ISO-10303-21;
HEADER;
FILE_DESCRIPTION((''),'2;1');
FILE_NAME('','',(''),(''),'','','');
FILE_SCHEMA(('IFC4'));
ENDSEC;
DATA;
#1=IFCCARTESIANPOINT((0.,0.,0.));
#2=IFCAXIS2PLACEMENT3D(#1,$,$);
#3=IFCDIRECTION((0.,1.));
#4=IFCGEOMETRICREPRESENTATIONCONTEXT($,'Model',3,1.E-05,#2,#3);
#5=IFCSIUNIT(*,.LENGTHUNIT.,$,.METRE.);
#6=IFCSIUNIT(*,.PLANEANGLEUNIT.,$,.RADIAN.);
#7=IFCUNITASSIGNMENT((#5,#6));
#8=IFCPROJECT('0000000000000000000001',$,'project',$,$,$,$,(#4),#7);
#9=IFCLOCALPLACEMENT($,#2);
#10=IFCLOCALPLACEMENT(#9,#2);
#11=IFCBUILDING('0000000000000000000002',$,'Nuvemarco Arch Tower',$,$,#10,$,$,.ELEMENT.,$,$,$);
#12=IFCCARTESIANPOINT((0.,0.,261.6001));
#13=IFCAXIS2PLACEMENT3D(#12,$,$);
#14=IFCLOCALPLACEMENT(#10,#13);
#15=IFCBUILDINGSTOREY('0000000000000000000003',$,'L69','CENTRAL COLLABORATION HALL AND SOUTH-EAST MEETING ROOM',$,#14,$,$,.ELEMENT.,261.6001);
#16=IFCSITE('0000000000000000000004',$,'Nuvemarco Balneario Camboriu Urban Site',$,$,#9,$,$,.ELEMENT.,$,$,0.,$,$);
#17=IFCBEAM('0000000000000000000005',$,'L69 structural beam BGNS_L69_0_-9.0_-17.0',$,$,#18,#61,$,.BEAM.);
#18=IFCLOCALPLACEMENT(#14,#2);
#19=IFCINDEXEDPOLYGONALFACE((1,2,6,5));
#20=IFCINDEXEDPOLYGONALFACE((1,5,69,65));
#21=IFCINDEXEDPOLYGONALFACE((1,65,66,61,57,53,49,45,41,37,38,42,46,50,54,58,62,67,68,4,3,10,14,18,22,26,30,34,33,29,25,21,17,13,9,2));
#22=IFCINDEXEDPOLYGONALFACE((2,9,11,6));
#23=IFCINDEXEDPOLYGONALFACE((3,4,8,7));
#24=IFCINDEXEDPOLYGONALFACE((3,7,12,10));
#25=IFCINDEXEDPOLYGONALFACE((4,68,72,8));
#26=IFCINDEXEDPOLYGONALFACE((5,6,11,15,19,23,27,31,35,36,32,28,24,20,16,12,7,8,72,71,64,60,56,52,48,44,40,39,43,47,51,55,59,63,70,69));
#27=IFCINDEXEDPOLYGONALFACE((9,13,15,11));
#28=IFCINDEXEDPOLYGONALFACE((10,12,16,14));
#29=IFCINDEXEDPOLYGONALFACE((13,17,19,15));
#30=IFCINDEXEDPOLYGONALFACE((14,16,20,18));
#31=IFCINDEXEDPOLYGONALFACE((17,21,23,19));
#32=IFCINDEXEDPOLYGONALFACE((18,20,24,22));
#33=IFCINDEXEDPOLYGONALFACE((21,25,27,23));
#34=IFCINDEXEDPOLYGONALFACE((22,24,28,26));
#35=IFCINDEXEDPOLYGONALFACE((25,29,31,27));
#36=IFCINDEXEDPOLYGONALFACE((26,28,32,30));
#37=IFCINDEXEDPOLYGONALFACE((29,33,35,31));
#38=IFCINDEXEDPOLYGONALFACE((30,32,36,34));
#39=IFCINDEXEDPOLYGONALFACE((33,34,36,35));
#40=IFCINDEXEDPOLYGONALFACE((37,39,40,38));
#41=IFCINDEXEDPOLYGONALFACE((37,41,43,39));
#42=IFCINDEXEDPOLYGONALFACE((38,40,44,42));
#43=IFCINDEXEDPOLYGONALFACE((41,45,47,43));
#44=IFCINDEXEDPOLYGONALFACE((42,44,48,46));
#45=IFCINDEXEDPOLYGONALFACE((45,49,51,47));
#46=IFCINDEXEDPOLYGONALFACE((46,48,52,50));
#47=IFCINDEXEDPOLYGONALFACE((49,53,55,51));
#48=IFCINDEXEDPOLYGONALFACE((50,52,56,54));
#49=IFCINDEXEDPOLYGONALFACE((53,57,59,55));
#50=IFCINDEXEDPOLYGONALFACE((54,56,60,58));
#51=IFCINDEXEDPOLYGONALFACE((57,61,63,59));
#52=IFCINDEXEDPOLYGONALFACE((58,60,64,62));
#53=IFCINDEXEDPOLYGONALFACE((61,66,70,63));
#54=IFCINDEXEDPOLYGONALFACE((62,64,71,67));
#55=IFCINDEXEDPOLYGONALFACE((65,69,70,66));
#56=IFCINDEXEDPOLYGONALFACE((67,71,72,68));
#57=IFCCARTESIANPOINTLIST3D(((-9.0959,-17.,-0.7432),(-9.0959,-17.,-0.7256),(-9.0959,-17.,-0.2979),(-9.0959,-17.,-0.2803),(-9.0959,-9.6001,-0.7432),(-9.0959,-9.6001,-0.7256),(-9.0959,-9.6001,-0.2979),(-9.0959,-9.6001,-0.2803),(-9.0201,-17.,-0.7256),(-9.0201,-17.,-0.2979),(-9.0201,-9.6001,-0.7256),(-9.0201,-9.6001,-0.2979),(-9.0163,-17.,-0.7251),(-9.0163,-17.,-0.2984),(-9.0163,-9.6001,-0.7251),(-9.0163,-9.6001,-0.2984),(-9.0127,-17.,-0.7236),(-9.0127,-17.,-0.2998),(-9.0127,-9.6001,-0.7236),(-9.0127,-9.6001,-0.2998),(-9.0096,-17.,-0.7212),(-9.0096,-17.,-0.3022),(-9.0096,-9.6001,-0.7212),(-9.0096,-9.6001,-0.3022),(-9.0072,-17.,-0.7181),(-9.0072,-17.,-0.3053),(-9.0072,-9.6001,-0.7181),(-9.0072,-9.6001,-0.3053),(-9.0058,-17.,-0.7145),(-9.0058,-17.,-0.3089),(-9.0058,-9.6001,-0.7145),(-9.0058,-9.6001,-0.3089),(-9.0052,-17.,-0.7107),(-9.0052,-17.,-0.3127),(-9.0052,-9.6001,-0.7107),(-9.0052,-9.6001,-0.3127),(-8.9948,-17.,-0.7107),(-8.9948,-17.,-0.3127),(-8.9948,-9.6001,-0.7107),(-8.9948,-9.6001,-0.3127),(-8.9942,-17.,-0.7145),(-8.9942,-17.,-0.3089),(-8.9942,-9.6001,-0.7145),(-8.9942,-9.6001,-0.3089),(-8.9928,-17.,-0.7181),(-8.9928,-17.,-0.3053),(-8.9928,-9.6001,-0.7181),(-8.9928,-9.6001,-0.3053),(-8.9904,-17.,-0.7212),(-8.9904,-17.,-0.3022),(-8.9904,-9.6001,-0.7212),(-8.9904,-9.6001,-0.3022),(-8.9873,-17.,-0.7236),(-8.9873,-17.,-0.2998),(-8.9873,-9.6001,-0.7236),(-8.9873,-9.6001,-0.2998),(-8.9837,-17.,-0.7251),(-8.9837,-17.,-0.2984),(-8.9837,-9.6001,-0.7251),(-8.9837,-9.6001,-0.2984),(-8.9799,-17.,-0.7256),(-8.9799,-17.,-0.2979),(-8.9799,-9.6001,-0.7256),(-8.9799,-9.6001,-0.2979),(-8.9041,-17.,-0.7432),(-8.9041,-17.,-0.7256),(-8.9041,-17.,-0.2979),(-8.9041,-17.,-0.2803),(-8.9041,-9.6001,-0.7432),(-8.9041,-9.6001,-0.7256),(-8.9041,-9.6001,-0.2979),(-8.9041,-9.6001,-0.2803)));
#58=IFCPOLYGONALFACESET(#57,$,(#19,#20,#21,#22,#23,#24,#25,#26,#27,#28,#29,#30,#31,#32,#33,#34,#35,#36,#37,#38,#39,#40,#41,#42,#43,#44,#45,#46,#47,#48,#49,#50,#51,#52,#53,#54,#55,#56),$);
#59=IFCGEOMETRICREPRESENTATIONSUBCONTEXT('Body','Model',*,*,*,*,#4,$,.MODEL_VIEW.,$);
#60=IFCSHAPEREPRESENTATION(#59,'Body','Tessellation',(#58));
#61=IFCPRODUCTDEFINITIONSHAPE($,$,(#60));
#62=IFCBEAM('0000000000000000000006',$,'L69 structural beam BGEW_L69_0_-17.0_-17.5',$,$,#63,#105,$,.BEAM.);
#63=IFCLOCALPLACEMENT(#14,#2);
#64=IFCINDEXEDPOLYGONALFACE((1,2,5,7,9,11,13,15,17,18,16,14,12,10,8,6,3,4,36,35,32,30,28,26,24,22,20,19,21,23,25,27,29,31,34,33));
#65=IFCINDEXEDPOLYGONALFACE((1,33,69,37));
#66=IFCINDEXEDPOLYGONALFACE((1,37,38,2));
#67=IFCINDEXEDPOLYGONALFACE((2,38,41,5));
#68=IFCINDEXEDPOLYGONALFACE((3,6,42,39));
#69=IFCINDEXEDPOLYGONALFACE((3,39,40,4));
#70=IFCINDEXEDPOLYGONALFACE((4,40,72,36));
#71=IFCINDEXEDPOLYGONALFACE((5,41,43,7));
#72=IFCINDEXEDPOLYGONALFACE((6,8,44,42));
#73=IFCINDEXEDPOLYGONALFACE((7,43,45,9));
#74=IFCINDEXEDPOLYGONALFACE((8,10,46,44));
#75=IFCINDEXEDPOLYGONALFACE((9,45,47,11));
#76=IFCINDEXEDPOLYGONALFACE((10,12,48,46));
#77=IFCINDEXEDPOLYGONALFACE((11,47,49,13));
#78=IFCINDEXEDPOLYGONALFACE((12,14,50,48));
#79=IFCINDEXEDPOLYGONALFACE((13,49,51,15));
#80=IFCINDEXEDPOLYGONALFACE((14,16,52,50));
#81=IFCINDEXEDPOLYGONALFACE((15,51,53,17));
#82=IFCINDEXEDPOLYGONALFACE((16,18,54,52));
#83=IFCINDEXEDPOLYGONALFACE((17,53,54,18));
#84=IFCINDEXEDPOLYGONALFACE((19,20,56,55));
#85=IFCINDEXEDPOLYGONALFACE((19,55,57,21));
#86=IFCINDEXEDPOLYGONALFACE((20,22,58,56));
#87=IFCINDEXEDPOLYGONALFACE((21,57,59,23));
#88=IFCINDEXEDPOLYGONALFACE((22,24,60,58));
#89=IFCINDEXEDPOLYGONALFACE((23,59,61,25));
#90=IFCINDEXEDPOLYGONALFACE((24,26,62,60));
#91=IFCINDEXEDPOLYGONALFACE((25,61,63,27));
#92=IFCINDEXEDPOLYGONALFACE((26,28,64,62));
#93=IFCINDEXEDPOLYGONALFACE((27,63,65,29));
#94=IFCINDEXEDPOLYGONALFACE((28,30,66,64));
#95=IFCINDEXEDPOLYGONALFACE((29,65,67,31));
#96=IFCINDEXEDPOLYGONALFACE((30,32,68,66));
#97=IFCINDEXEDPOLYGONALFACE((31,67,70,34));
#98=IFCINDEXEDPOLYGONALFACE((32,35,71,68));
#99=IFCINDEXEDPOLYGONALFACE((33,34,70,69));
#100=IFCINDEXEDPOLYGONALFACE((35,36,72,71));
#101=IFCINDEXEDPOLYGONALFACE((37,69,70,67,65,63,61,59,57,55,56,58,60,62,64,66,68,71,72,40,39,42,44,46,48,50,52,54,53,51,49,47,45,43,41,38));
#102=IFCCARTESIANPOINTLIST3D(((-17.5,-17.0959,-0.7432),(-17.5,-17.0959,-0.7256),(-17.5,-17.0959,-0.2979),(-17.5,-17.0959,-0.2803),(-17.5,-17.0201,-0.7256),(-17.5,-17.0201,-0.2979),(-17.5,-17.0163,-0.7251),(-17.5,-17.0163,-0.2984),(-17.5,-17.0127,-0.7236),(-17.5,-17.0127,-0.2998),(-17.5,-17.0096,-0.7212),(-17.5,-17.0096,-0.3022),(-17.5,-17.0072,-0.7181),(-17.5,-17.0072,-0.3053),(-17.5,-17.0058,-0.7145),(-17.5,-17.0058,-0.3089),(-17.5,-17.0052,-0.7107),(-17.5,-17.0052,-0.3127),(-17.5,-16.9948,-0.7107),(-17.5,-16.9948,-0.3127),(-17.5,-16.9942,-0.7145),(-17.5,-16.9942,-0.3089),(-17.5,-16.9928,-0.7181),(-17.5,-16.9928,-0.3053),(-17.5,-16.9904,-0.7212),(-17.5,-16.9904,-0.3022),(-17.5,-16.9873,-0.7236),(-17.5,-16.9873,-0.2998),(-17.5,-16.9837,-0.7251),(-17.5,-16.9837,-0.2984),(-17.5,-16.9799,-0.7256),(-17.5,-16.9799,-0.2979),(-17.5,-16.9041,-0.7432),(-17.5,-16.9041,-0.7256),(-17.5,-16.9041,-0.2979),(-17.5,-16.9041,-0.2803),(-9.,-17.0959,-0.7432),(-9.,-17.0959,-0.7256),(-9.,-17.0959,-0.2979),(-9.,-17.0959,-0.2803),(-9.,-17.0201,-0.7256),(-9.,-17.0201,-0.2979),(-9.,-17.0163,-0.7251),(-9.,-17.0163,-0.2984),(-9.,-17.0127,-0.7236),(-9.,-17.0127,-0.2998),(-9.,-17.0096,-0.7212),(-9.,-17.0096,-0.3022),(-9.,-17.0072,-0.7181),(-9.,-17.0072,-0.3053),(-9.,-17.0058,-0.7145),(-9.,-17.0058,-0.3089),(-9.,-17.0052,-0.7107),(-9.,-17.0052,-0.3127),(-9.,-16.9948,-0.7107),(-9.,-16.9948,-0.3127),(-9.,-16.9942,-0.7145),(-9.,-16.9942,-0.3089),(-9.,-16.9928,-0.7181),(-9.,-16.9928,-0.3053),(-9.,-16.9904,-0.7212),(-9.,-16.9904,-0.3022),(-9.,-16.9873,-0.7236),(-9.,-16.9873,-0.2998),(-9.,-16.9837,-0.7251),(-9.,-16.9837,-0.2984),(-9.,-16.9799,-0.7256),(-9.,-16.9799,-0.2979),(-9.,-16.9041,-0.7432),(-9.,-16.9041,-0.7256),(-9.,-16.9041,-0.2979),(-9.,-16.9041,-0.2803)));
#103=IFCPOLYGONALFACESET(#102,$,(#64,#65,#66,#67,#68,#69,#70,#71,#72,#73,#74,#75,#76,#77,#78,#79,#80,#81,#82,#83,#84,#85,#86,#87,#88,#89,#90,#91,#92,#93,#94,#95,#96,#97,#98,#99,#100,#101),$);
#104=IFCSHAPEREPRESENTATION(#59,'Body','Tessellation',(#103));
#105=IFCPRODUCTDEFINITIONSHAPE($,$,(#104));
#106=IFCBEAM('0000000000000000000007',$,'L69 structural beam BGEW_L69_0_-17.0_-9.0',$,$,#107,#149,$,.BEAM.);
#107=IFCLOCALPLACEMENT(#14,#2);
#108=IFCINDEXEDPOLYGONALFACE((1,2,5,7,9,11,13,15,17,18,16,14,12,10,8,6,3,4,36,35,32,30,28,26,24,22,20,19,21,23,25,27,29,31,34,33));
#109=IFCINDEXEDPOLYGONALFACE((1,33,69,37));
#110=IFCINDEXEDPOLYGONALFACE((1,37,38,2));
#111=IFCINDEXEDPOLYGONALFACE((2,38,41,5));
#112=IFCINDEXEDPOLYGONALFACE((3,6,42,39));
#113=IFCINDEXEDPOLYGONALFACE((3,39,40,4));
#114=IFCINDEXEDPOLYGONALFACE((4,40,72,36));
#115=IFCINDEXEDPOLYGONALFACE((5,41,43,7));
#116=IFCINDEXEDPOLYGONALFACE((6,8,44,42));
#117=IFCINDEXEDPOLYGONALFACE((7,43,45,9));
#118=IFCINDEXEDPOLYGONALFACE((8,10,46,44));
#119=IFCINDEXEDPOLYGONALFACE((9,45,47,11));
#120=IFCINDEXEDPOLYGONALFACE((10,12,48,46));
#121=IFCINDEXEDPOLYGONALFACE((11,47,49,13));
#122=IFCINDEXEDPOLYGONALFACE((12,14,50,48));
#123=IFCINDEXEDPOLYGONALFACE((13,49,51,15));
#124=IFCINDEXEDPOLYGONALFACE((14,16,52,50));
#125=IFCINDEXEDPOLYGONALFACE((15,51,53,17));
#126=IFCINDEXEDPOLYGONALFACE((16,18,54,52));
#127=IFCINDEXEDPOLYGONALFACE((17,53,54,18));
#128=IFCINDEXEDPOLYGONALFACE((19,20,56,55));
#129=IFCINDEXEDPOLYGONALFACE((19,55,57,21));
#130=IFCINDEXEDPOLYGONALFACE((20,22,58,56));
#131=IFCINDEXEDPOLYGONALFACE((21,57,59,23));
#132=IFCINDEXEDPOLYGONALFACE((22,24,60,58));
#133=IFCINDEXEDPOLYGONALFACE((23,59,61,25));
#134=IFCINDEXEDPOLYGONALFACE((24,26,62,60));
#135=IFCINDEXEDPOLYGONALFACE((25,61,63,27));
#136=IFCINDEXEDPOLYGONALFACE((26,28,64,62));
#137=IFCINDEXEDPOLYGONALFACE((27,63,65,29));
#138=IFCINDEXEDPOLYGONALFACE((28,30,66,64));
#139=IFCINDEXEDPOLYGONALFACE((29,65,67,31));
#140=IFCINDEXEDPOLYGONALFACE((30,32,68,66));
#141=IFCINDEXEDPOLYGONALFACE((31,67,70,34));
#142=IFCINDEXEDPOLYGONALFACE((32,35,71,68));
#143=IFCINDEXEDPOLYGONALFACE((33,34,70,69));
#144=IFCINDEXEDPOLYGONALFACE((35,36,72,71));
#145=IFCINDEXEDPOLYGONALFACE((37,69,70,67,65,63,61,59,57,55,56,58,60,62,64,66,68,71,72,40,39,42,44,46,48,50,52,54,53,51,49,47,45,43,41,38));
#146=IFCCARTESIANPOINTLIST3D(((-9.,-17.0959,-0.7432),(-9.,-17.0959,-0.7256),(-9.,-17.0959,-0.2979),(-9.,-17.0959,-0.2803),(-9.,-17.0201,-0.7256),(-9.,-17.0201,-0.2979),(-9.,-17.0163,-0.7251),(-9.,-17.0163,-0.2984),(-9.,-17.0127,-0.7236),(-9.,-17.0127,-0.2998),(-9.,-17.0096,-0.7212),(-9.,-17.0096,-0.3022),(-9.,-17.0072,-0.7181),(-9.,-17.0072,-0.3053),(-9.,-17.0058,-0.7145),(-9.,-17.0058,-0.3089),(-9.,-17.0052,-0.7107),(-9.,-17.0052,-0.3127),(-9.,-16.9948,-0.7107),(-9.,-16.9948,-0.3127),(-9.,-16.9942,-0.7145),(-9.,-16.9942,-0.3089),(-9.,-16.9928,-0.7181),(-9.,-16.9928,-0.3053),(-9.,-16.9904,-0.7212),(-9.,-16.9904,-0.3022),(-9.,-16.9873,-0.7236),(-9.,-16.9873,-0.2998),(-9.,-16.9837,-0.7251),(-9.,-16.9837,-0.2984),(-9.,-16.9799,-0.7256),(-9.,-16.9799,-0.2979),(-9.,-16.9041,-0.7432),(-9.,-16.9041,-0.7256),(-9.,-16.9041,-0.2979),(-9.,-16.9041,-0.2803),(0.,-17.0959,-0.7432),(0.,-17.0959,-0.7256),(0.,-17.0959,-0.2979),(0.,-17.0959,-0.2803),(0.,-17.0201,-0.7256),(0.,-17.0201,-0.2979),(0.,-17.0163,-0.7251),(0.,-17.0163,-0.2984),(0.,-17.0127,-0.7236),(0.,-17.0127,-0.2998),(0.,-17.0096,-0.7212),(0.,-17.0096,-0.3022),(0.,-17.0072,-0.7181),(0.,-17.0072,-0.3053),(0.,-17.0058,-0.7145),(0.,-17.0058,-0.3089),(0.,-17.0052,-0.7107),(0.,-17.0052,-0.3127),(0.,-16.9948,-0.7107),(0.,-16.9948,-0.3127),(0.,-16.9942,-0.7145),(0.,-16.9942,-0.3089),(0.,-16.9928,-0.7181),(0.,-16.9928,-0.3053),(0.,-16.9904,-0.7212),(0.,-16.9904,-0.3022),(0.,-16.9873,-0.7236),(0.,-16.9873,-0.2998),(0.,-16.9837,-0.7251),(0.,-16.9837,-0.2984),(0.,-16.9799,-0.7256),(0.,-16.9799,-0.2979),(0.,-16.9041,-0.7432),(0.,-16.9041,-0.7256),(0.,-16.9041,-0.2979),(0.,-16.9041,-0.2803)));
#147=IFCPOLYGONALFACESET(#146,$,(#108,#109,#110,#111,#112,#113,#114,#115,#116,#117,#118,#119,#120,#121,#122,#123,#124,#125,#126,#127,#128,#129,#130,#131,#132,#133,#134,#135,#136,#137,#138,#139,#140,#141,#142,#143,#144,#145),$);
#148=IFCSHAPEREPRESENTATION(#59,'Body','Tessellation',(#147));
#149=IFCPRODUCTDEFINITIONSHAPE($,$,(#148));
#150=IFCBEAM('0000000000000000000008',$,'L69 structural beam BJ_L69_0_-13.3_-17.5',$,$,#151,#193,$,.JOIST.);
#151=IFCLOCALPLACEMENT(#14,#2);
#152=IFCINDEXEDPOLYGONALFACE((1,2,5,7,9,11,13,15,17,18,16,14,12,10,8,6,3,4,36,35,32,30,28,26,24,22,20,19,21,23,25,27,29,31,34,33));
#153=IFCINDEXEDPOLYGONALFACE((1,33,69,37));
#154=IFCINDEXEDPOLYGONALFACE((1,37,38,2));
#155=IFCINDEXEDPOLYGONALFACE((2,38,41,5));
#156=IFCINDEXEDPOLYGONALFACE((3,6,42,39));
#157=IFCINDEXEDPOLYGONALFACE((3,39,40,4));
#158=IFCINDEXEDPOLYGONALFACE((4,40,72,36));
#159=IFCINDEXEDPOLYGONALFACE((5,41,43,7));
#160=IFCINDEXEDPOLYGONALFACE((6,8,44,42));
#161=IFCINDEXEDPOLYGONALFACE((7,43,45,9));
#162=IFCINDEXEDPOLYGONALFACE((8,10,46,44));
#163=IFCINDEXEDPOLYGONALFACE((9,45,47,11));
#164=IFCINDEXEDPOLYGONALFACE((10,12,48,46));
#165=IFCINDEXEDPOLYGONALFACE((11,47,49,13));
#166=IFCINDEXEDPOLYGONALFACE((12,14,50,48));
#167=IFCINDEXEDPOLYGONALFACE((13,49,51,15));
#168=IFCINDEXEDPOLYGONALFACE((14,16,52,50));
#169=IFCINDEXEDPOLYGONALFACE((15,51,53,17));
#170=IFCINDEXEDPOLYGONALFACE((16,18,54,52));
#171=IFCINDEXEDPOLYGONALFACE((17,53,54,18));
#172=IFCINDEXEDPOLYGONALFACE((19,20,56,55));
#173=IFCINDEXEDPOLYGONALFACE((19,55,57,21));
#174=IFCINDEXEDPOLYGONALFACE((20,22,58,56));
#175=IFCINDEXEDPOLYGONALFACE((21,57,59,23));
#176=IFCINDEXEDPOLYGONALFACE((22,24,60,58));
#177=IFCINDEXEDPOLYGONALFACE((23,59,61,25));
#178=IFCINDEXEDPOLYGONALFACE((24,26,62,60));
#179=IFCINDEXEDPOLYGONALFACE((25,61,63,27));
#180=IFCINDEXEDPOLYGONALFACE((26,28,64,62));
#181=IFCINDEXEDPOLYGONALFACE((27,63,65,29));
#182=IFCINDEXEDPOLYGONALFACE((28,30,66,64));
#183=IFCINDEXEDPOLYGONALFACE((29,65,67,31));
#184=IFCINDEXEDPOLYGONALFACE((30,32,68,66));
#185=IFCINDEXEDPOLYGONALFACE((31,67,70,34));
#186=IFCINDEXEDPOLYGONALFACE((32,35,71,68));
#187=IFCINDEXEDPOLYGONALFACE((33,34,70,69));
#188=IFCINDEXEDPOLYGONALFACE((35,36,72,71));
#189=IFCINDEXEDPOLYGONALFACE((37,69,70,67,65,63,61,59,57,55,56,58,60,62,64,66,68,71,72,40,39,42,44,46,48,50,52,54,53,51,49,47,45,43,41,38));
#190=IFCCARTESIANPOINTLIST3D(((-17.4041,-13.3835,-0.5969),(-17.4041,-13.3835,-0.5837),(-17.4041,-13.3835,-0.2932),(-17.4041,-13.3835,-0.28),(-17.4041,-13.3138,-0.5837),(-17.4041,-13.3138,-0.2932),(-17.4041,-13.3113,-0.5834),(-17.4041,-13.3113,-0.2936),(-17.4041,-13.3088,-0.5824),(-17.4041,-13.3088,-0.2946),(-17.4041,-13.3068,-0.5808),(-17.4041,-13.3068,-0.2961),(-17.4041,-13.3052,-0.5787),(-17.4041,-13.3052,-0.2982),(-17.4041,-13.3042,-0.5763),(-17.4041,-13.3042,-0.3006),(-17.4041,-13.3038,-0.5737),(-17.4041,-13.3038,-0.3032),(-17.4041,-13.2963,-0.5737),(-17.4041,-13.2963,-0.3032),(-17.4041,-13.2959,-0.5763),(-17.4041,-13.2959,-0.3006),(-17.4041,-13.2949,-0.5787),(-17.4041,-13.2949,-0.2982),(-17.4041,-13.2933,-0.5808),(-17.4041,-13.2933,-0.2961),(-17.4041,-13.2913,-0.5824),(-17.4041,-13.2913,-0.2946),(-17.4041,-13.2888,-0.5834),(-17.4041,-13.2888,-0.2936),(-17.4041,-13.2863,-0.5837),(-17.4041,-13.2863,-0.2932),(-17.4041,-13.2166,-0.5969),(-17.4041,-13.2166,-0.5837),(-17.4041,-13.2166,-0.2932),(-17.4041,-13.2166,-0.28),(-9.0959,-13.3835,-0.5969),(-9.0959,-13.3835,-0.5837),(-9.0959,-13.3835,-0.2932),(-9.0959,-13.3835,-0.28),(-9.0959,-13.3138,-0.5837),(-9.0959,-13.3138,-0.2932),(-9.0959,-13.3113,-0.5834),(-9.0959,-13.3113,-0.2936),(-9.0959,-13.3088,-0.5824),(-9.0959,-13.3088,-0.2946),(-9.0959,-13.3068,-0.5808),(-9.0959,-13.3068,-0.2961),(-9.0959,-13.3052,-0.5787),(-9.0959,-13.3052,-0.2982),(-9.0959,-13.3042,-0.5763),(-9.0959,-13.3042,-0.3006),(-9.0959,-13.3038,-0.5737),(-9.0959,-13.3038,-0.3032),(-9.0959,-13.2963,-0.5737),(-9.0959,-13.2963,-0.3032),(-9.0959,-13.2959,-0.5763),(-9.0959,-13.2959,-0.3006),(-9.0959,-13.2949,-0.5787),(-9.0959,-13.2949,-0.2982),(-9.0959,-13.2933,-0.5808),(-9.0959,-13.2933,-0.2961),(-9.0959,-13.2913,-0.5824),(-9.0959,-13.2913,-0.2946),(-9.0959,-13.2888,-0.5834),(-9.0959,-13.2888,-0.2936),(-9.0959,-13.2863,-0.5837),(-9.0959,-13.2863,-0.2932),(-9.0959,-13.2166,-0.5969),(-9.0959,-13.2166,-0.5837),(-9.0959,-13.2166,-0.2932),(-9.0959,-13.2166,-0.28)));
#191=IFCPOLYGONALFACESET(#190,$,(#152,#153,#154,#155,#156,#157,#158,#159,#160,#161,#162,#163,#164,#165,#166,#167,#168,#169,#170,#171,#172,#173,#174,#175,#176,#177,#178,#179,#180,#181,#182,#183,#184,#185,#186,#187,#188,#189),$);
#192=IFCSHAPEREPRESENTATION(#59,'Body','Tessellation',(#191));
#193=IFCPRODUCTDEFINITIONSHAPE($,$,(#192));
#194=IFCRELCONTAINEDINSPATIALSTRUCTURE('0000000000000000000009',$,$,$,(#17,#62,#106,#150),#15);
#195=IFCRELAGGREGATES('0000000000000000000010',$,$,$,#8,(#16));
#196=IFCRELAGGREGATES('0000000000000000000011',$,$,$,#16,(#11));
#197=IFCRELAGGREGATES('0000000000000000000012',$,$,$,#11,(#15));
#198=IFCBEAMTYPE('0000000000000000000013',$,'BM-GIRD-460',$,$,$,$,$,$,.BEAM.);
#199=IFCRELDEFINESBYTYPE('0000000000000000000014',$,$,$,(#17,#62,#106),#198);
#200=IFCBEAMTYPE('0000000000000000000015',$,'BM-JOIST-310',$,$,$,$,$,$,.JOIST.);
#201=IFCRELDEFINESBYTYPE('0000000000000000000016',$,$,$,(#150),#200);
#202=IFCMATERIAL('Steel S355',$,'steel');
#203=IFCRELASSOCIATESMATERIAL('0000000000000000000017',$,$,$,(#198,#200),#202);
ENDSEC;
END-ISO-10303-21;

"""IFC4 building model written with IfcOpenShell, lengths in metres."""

from ifc_helpers import new_model, si_unit, direction, frame, origin, origin_2d, place, context, subcontext, project, spatial, i_section, extrude, material, material_profile, profile_set, type_object, element, save


model = new_model("IFC4")

# Units and contexts
model_context = context("Model", 3, precision=1e-05, world=origin(), true_north=direction((0.0, 1.0)))
body_context = subcontext(model_context, "Body", "Model", "MODEL_VIEW")
ifc_project = project(units=[si_unit("LENGTHUNIT", "METRE"), si_unit("PLANEANGLEUNIT", "RADIAN")], contexts=[model_context])

# Site, building, storey
site_placement = place(None, origin())
site = spatial("IfcSite", under=ifc_project, at=site_placement, Name="Nuvemarco Balneario Camboriu Urban Site", CompositionType="ELEMENT", RefElevation=0.0)
building_placement = place(site_placement, origin())
building = spatial("IfcBuilding", under=site, at=building_placement, Name="Nuvemarco Arch Tower", CompositionType="ELEMENT")
storey_placement = place(building_placement, frame((0.0, 0.0, 261.6001)))
storey = spatial("IfcBuildingStorey", under=building, at=storey_placement, Name="L69", Description="CENTRAL COLLABORATION HALL AND SOUTH-EAST MEETING ROOM", CompositionType="ELEMENT", Elevation=261.6001)

# Shared definitions
ifc_material_1 = material(Name="Steel S355", Category="steel")

# Beams
ifc_material_profile_1 = material_profile(ifc_material_1, i_section(OverallWidth=0.1919, OverallDepth=0.4629, WebThickness=0.0105, FlangeThickness=0.0176, FilletRadius=0.0149, at=origin_2d()), Name="W460x89")
ifc_profile_set_1 = profile_set([ifc_material_profile_1], Name="Steel S355")
beam_type_1 = type_object("IfcBeamType", Name="BM-GIRD-460", PredefinedType="BEAM", material=ifc_profile_set_1)
beam_1_placement = place(storey_placement, frame((-9.0, -17.0, -0.5117), z_axis=(0.0, 1.0, 0.0), x_axis=(-1.0, 0.0, 0.0)))
element("IfcBeam", 1, at=beam_1_placement, inside=storey, type_object=beam_type_1, Name="L69 structural beam BGNS_L69_0_-9.0_-17.0", PredefinedType="BEAM", context=body_context, shape_type="SweptSolid", body=[
    extrude(i_section(OverallWidth=0.1919, OverallDepth=0.4629, WebThickness=0.0105, FlangeThickness=0.0176, FilletRadius=0.0149, at=origin_2d()), origin(), (0.0, 0.0, 1.0), 7.3999),
])
beam_2_placement = place(storey_placement, frame((-17.5, -17.0, -0.5117), z_axis=(1.0, 0.0, 0.0), x_axis=(0.0, 1.0, 0.0)))
element("IfcBeam", 2, at=beam_2_placement, inside=storey, type_object=beam_type_1, Name="L69 structural beam BGEW_L69_0_-17.0_-17.5", PredefinedType="BEAM", context=body_context, shape_type="SweptSolid", body=[
    extrude(i_section(OverallWidth=0.1919, OverallDepth=0.4629, WebThickness=0.0105, FlangeThickness=0.0176, FilletRadius=0.0149, at=origin_2d()), origin(), (0.0, 0.0, 1.0), 8.5),
])
beam_3_placement = place(storey_placement, frame((-9.0, -17.0, -0.5117), z_axis=(1.0, 0.0, 0.0), x_axis=(0.0, 1.0, 0.0)))
element("IfcBeam", 3, at=beam_3_placement, inside=storey, type_object=beam_type_1, Name="L69 structural beam BGEW_L69_0_-17.0_-9.0", PredefinedType="BEAM", context=body_context, shape_type="SweptSolid", body=[
    extrude(i_section(OverallWidth=0.1919, OverallDepth=0.4629, WebThickness=0.0105, FlangeThickness=0.0176, FilletRadius=0.0149, at=origin_2d()), origin(), (0.0, 0.0, 1.0), 9.0),
])
ifc_material_profile_2 = material_profile(ifc_material_1, i_section(OverallWidth=0.167, OverallDepth=0.3169, WebThickness=0.0076, FlangeThickness=0.0132, FilletRadius=0.01, at=origin_2d()), Name="W310x52")
ifc_profile_set_2 = profile_set([ifc_material_profile_2], Name="Steel S355")
beam_type_2 = type_object("IfcBeamType", Name="BM-JOIST-310", PredefinedType="JOIST", material=ifc_profile_set_2)
beam_4_placement = place(storey_placement, frame((-17.4041, -13.3, -0.4385), z_axis=(1.0, 0.0, 0.0), x_axis=(0.0, 1.0, 0.0)))
element("IfcBeam", 4, at=beam_4_placement, inside=storey, type_object=beam_type_2, Name="L69 structural beam BJ_L69_0_-13.3_-17.5", PredefinedType="JOIST", context=body_context, shape_type="SweptSolid", body=[
    extrude(i_section(OverallWidth=0.167, OverallDepth=0.3169, WebThickness=0.0076, FlangeThickness=0.0132, FilletRadius=0.01, at=origin_2d()), origin(), (0.0, 0.0, 1.0), 8.3081),
])

save(model, "model.ifc")
